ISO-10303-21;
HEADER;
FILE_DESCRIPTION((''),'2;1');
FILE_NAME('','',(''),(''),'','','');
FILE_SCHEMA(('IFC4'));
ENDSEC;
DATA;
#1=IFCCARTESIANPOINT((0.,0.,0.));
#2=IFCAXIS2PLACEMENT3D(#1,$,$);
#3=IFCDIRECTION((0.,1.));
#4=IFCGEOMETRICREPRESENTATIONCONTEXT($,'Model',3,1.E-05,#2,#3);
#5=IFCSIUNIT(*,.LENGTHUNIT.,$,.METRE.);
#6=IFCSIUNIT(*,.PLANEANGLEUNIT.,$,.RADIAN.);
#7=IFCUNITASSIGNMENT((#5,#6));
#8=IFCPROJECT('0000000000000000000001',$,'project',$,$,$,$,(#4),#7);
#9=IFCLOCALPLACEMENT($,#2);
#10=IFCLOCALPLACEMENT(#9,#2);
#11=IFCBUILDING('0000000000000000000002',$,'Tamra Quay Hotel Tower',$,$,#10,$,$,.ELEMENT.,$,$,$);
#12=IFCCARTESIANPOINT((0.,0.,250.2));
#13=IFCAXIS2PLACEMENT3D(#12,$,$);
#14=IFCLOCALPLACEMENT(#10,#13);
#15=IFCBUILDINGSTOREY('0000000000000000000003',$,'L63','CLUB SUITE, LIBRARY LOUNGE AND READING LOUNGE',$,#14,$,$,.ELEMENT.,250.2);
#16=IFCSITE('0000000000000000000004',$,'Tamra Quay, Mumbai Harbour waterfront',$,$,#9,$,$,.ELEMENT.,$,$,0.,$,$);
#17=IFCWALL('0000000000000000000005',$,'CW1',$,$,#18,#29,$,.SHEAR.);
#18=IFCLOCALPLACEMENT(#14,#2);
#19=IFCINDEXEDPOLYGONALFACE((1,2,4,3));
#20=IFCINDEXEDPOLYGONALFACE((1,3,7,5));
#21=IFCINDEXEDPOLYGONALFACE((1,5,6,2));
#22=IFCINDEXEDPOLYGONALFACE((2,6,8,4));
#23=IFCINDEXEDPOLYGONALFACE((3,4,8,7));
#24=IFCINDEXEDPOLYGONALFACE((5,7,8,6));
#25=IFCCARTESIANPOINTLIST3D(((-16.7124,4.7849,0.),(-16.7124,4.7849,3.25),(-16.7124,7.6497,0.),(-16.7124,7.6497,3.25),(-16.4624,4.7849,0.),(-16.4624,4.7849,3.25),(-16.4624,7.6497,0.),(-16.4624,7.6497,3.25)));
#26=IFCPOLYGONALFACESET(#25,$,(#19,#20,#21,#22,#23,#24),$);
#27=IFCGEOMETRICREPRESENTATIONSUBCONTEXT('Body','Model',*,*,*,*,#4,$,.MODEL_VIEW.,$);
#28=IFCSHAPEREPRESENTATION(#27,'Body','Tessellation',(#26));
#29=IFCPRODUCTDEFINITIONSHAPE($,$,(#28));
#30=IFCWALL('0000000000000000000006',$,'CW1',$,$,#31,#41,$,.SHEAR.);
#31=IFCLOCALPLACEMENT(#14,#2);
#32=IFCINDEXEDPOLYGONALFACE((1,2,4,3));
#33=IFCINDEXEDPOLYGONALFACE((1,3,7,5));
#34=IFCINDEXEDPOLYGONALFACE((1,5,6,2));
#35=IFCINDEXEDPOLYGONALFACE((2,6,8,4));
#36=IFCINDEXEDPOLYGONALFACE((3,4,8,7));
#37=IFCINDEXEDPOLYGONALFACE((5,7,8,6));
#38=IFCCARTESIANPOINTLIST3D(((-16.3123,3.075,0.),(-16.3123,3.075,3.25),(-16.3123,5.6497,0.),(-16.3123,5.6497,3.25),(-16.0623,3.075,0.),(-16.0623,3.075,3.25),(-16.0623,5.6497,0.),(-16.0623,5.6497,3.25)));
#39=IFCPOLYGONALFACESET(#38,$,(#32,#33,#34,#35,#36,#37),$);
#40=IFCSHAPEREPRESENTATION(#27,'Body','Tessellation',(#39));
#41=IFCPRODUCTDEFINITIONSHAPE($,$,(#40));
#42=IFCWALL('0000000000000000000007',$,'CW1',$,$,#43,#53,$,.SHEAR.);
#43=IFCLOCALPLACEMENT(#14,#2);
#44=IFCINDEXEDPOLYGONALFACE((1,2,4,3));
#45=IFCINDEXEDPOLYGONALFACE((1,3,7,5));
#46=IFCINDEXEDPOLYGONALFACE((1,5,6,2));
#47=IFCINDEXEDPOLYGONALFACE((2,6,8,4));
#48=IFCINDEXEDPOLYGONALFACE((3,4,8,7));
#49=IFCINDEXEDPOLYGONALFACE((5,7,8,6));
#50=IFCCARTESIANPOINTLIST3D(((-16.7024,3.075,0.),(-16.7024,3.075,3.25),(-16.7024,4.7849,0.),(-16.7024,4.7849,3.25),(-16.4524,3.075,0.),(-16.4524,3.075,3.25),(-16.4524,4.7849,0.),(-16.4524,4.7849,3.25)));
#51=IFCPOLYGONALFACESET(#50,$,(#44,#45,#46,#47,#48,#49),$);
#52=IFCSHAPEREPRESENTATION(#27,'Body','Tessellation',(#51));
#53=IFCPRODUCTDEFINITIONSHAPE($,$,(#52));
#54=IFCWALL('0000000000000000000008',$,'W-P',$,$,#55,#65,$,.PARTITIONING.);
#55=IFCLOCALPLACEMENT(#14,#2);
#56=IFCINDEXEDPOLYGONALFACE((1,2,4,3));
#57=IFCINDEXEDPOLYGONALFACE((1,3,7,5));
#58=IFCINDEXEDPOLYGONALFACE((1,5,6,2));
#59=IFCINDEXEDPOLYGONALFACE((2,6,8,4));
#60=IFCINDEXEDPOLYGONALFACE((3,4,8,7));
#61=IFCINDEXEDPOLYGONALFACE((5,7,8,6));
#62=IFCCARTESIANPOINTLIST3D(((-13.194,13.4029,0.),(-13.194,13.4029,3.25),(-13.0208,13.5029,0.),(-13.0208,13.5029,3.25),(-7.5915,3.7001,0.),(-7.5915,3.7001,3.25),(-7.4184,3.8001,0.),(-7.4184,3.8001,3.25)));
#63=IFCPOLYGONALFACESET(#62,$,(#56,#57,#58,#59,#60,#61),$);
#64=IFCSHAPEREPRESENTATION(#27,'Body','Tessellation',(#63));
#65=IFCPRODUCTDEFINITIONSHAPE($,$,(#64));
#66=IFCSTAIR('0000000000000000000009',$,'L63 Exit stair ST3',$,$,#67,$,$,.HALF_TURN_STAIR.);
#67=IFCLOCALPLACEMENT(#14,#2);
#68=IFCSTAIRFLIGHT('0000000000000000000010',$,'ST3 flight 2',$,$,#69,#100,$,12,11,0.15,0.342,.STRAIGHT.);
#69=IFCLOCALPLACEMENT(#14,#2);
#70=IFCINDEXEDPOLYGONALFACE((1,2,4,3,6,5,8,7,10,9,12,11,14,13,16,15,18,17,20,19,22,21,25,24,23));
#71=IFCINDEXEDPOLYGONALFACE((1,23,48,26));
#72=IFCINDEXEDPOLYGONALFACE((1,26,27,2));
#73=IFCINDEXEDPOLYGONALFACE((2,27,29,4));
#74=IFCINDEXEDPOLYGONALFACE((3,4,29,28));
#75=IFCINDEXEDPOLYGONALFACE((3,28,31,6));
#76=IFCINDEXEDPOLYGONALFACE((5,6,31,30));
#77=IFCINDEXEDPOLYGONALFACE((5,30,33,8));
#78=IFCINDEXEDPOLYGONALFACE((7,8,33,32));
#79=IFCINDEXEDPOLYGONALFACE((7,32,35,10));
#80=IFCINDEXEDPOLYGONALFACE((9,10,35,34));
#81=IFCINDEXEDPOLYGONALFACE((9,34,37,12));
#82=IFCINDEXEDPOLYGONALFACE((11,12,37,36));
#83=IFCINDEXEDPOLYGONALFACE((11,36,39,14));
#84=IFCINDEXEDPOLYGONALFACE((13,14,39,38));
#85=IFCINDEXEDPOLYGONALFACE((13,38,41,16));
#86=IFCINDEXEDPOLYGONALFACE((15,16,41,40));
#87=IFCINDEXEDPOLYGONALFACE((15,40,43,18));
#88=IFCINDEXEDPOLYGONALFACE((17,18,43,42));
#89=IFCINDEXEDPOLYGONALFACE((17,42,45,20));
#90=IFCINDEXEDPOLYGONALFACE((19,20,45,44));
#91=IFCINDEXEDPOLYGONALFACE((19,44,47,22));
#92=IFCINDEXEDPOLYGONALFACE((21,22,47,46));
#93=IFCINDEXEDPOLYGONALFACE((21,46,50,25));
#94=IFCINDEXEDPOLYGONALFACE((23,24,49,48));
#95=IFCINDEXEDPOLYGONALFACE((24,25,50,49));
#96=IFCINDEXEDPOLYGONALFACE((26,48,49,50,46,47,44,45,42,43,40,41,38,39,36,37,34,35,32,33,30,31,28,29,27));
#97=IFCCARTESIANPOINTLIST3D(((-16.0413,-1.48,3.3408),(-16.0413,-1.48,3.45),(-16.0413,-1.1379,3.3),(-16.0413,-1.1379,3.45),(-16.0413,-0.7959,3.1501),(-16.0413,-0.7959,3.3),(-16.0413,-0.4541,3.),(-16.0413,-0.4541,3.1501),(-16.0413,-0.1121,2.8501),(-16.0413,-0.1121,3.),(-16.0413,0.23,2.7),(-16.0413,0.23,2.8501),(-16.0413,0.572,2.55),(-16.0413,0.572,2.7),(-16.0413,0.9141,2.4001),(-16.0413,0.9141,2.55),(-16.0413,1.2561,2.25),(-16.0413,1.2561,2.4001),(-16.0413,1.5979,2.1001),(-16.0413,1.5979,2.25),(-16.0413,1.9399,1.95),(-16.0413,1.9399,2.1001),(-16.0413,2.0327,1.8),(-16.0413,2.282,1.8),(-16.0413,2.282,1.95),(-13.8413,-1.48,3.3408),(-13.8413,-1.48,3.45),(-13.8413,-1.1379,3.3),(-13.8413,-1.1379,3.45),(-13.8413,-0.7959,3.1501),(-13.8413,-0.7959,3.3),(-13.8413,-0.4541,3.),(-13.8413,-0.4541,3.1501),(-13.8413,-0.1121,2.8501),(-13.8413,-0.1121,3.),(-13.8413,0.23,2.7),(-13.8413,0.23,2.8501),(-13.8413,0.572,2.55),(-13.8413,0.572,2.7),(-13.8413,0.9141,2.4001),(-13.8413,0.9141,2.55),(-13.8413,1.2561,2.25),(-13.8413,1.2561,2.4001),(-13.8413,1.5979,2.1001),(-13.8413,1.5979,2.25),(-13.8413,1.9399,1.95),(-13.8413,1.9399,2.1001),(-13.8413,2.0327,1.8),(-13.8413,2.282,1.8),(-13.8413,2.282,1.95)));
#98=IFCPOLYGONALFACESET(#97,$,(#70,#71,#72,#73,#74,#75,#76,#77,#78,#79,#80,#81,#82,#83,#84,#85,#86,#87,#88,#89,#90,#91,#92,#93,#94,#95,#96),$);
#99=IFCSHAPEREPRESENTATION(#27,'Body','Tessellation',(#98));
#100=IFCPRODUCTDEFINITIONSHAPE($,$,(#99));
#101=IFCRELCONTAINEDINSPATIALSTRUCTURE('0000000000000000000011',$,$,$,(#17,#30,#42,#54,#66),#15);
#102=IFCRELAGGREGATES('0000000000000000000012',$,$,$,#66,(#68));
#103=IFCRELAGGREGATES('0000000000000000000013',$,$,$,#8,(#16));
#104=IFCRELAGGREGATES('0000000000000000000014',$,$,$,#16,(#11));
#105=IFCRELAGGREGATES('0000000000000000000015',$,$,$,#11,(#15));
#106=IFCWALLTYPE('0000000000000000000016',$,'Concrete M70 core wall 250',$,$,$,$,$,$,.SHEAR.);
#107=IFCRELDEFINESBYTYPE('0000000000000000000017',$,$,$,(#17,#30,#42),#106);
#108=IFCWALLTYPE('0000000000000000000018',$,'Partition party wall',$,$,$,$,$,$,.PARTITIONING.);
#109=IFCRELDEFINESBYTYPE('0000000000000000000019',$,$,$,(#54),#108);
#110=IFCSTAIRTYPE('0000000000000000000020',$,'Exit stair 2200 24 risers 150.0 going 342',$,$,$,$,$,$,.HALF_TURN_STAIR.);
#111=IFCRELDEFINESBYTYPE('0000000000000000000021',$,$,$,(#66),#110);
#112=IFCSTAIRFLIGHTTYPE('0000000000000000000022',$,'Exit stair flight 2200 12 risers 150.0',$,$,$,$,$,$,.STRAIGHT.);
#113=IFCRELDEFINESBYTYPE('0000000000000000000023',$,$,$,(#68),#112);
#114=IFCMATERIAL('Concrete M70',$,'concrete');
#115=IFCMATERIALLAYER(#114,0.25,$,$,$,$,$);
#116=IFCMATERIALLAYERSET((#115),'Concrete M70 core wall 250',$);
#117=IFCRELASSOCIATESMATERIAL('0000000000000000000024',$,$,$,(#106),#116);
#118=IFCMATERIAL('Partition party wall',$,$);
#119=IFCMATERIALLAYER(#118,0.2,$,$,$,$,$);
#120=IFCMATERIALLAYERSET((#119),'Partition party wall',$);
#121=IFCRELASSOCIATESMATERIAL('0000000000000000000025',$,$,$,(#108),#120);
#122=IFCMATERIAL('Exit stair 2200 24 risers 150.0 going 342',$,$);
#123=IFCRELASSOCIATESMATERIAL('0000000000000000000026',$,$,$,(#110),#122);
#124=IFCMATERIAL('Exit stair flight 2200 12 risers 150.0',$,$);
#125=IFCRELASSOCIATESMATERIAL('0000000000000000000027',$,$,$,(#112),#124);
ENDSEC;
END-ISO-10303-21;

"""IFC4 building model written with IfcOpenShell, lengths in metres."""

from ifc_helpers import new_model, si_unit, direction, frame, frame_2d, origin, place, context, subcontext, project, spatial, polyline, rectangle, outline, extrude, material, layer, layer_set, type_object, element, aggregate, save


model = new_model("IFC4")

# Units and contexts
model_context = context("Model", 3, precision=1e-05, world=origin(), true_north=direction((0.0, 1.0)))
body_context = subcontext(model_context, "Body", "Model", "MODEL_VIEW")
ifc_project = project(units=[si_unit("LENGTHUNIT", "METRE"), si_unit("PLANEANGLEUNIT", "RADIAN")], contexts=[model_context])

# Site, building, storey
site_placement = place(None, origin())
site = spatial("IfcSite", under=ifc_project, at=site_placement, Name="Tamra Quay, Mumbai Harbour waterfront", CompositionType="ELEMENT", RefElevation=0.0)
building_placement = place(site_placement, origin())
building = spatial("IfcBuilding", under=site, at=building_placement, Name="Tamra Quay Hotel Tower", CompositionType="ELEMENT")
storey_placement = place(building_placement, frame((0.0, 0.0, 250.2)))
storey = spatial("IfcBuildingStorey", under=building, at=storey_placement, Name="L63", Description="CLUB SUITE, LIBRARY LOUNGE AND READING LOUNGE", CompositionType="ELEMENT", Elevation=250.2)

# Shared definitions
ifc_material_1 = material(Name="Concrete M70", Category="concrete")

# Walls
ifc_layer_1 = layer(ifc_material_1, 0.25)
ifc_layer_set_1 = layer_set([ifc_layer_1], Name="Concrete M70 core wall 250")
wall_type_1 = type_object("IfcWallType", Name="Concrete M70 core wall 250", PredefinedType="SHEAR", material=ifc_layer_set_1)
wall_1_placement = place(storey_placement, frame((-16.5874, 7.6497, 0.0), z_axis=(0.0, 0.0, 1.0), x_axis=(0.0, -1.0, 0.0)))
element("IfcWall", 1, at=wall_1_placement, inside=storey, type_object=wall_type_1, Name="CW1", PredefinedType="SHEAR", context=body_context, shape_type="SweptSolid", body=[
    extrude(rectangle(XDim=2.8647, YDim=0.25, at=frame_2d((1.4324, 0.0))), origin(), (0.0, 0.0, 1.0), 3.25),
])
wall_2_placement = place(storey_placement, frame((-16.1873, 3.075, 0.0), z_axis=(0.0, 0.0, 1.0), x_axis=(0.0, 1.0, 0.0)))
element("IfcWall", 2, at=wall_2_placement, inside=storey, type_object=wall_type_1, Name="CW1", PredefinedType="SHEAR", context=body_context, shape_type="SweptSolid", body=[
    extrude(rectangle(XDim=2.5747, YDim=0.25, at=frame_2d((1.2874, 0.0))), origin(), (0.0, 0.0, 1.0), 3.25),
])
wall_3_placement = place(storey_placement, frame((-16.5774, 4.7849, 0.0), z_axis=(0.0, 0.0, 1.0), x_axis=(0.0, -1.0, 0.0)))
element("IfcWall", 3, at=wall_3_placement, inside=storey, type_object=wall_type_1, Name="CW1", PredefinedType="SHEAR", context=body_context, shape_type="SweptSolid", body=[
    extrude(rectangle(XDim=1.71, YDim=0.25, at=frame_2d((0.855, 0.0))), origin(), (0.0, 0.0, 1.0), 3.25),
])
ifc_material_2 = material(Name="Partition party wall")
ifc_layer_2 = layer(ifc_material_2, 0.2)
ifc_layer_set_2 = layer_set([ifc_layer_2], Name="Partition party wall")
wall_type_2 = type_object("IfcWallType", Name="Partition party wall", PredefinedType="PARTITIONING", material=ifc_layer_set_2)
wall_4_placement = place(storey_placement, frame((-13.1074, 13.4529, 0.0), z_axis=(0.0, 0.0, 1.0), x_axis=(0.500039, -0.866003, 0.0)))
element("IfcWall", 4, at=wall_4_placement, inside=storey, type_object=wall_type_2, Name="W-P", PredefinedType="PARTITIONING", context=body_context, shape_type="SweptSolid", body=[
    extrude(rectangle(XDim=11.2041, YDim=0.2, at=frame_2d((5.6021, 0.0))), origin(), (0.0, 0.0, 1.0), 3.25),
])

# Stair, stair flight
ifc_material_3 = material(Name="Exit stair 2200 24 risers 150.0 going 342")
stair_type = type_object("IfcStairType", Name="Exit stair 2200 24 risers 150.0 going 342", PredefinedType="HALF_TURN_STAIR", material=ifc_material_3)
stair_placement = place(storey_placement, origin())
stair = element("IfcStair", 5, at=stair_placement, inside=storey, type_object=stair_type, Name="L63 Exit stair ST3", PredefinedType="HALF_TURN_STAIR")
ifc_material_4 = material(Name="Exit stair flight 2200 12 risers 150.0")
stair_flight_type = type_object("IfcStairFlightType", Name="Exit stair flight 2200 12 risers 150.0", PredefinedType="STRAIGHT", material=ifc_material_4)
stair_flight_placement = place(storey_placement, frame((-14.9414, 2.282, 1.8), z_axis=(0.0, 0.0, 1.0), x_axis=(0.0, -1.0, 0.0)))
stair_flight = element("IfcStairFlight", 6, at=stair_flight_placement, type_object=stair_flight_type, Name="ST3 flight 2", NumberOfRisers=12, NumberOfTreads=11, PredefinedType="STRAIGHT", RiserHeight=0.15, TreadLength=0.342, context=body_context, shape_type="SweptSolid", body=[
    extrude(outline(polyline([(0.0, 0.0), (0.0, 0.1499), (0.342, 0.1499), (0.342, 0.3), (0.6841, 0.3), (0.6841, 0.45), (1.0259, 0.45), (1.0259, 0.6001), (1.3679, 0.6001), (1.3679, 0.75), (1.71, 0.75), (1.71, 0.8999), (2.052, 0.8999), (2.052, 1.05), (2.394, 1.05), (2.394, 1.2), (2.7361, 1.2), (2.7361, 1.3501), (3.0779, 1.3501), (3.0779, 1.5), (3.4199, 1.5), (3.4199, 1.6499), (3.762, 1.6499), (3.762, 1.8), (3.762, 1.5408), (0.2493, 0.0), (0.0, 0.0)])), frame((0.0, 1.1001, 0.0), z_axis=(0.0, -1.0, 0.0), x_axis=(1.0, 0.0, 0.0)), (0.0, 0.0, 1.0), 2.2),
])
aggregate(stair, [stair_flight])

save(model, "model.ifc")
